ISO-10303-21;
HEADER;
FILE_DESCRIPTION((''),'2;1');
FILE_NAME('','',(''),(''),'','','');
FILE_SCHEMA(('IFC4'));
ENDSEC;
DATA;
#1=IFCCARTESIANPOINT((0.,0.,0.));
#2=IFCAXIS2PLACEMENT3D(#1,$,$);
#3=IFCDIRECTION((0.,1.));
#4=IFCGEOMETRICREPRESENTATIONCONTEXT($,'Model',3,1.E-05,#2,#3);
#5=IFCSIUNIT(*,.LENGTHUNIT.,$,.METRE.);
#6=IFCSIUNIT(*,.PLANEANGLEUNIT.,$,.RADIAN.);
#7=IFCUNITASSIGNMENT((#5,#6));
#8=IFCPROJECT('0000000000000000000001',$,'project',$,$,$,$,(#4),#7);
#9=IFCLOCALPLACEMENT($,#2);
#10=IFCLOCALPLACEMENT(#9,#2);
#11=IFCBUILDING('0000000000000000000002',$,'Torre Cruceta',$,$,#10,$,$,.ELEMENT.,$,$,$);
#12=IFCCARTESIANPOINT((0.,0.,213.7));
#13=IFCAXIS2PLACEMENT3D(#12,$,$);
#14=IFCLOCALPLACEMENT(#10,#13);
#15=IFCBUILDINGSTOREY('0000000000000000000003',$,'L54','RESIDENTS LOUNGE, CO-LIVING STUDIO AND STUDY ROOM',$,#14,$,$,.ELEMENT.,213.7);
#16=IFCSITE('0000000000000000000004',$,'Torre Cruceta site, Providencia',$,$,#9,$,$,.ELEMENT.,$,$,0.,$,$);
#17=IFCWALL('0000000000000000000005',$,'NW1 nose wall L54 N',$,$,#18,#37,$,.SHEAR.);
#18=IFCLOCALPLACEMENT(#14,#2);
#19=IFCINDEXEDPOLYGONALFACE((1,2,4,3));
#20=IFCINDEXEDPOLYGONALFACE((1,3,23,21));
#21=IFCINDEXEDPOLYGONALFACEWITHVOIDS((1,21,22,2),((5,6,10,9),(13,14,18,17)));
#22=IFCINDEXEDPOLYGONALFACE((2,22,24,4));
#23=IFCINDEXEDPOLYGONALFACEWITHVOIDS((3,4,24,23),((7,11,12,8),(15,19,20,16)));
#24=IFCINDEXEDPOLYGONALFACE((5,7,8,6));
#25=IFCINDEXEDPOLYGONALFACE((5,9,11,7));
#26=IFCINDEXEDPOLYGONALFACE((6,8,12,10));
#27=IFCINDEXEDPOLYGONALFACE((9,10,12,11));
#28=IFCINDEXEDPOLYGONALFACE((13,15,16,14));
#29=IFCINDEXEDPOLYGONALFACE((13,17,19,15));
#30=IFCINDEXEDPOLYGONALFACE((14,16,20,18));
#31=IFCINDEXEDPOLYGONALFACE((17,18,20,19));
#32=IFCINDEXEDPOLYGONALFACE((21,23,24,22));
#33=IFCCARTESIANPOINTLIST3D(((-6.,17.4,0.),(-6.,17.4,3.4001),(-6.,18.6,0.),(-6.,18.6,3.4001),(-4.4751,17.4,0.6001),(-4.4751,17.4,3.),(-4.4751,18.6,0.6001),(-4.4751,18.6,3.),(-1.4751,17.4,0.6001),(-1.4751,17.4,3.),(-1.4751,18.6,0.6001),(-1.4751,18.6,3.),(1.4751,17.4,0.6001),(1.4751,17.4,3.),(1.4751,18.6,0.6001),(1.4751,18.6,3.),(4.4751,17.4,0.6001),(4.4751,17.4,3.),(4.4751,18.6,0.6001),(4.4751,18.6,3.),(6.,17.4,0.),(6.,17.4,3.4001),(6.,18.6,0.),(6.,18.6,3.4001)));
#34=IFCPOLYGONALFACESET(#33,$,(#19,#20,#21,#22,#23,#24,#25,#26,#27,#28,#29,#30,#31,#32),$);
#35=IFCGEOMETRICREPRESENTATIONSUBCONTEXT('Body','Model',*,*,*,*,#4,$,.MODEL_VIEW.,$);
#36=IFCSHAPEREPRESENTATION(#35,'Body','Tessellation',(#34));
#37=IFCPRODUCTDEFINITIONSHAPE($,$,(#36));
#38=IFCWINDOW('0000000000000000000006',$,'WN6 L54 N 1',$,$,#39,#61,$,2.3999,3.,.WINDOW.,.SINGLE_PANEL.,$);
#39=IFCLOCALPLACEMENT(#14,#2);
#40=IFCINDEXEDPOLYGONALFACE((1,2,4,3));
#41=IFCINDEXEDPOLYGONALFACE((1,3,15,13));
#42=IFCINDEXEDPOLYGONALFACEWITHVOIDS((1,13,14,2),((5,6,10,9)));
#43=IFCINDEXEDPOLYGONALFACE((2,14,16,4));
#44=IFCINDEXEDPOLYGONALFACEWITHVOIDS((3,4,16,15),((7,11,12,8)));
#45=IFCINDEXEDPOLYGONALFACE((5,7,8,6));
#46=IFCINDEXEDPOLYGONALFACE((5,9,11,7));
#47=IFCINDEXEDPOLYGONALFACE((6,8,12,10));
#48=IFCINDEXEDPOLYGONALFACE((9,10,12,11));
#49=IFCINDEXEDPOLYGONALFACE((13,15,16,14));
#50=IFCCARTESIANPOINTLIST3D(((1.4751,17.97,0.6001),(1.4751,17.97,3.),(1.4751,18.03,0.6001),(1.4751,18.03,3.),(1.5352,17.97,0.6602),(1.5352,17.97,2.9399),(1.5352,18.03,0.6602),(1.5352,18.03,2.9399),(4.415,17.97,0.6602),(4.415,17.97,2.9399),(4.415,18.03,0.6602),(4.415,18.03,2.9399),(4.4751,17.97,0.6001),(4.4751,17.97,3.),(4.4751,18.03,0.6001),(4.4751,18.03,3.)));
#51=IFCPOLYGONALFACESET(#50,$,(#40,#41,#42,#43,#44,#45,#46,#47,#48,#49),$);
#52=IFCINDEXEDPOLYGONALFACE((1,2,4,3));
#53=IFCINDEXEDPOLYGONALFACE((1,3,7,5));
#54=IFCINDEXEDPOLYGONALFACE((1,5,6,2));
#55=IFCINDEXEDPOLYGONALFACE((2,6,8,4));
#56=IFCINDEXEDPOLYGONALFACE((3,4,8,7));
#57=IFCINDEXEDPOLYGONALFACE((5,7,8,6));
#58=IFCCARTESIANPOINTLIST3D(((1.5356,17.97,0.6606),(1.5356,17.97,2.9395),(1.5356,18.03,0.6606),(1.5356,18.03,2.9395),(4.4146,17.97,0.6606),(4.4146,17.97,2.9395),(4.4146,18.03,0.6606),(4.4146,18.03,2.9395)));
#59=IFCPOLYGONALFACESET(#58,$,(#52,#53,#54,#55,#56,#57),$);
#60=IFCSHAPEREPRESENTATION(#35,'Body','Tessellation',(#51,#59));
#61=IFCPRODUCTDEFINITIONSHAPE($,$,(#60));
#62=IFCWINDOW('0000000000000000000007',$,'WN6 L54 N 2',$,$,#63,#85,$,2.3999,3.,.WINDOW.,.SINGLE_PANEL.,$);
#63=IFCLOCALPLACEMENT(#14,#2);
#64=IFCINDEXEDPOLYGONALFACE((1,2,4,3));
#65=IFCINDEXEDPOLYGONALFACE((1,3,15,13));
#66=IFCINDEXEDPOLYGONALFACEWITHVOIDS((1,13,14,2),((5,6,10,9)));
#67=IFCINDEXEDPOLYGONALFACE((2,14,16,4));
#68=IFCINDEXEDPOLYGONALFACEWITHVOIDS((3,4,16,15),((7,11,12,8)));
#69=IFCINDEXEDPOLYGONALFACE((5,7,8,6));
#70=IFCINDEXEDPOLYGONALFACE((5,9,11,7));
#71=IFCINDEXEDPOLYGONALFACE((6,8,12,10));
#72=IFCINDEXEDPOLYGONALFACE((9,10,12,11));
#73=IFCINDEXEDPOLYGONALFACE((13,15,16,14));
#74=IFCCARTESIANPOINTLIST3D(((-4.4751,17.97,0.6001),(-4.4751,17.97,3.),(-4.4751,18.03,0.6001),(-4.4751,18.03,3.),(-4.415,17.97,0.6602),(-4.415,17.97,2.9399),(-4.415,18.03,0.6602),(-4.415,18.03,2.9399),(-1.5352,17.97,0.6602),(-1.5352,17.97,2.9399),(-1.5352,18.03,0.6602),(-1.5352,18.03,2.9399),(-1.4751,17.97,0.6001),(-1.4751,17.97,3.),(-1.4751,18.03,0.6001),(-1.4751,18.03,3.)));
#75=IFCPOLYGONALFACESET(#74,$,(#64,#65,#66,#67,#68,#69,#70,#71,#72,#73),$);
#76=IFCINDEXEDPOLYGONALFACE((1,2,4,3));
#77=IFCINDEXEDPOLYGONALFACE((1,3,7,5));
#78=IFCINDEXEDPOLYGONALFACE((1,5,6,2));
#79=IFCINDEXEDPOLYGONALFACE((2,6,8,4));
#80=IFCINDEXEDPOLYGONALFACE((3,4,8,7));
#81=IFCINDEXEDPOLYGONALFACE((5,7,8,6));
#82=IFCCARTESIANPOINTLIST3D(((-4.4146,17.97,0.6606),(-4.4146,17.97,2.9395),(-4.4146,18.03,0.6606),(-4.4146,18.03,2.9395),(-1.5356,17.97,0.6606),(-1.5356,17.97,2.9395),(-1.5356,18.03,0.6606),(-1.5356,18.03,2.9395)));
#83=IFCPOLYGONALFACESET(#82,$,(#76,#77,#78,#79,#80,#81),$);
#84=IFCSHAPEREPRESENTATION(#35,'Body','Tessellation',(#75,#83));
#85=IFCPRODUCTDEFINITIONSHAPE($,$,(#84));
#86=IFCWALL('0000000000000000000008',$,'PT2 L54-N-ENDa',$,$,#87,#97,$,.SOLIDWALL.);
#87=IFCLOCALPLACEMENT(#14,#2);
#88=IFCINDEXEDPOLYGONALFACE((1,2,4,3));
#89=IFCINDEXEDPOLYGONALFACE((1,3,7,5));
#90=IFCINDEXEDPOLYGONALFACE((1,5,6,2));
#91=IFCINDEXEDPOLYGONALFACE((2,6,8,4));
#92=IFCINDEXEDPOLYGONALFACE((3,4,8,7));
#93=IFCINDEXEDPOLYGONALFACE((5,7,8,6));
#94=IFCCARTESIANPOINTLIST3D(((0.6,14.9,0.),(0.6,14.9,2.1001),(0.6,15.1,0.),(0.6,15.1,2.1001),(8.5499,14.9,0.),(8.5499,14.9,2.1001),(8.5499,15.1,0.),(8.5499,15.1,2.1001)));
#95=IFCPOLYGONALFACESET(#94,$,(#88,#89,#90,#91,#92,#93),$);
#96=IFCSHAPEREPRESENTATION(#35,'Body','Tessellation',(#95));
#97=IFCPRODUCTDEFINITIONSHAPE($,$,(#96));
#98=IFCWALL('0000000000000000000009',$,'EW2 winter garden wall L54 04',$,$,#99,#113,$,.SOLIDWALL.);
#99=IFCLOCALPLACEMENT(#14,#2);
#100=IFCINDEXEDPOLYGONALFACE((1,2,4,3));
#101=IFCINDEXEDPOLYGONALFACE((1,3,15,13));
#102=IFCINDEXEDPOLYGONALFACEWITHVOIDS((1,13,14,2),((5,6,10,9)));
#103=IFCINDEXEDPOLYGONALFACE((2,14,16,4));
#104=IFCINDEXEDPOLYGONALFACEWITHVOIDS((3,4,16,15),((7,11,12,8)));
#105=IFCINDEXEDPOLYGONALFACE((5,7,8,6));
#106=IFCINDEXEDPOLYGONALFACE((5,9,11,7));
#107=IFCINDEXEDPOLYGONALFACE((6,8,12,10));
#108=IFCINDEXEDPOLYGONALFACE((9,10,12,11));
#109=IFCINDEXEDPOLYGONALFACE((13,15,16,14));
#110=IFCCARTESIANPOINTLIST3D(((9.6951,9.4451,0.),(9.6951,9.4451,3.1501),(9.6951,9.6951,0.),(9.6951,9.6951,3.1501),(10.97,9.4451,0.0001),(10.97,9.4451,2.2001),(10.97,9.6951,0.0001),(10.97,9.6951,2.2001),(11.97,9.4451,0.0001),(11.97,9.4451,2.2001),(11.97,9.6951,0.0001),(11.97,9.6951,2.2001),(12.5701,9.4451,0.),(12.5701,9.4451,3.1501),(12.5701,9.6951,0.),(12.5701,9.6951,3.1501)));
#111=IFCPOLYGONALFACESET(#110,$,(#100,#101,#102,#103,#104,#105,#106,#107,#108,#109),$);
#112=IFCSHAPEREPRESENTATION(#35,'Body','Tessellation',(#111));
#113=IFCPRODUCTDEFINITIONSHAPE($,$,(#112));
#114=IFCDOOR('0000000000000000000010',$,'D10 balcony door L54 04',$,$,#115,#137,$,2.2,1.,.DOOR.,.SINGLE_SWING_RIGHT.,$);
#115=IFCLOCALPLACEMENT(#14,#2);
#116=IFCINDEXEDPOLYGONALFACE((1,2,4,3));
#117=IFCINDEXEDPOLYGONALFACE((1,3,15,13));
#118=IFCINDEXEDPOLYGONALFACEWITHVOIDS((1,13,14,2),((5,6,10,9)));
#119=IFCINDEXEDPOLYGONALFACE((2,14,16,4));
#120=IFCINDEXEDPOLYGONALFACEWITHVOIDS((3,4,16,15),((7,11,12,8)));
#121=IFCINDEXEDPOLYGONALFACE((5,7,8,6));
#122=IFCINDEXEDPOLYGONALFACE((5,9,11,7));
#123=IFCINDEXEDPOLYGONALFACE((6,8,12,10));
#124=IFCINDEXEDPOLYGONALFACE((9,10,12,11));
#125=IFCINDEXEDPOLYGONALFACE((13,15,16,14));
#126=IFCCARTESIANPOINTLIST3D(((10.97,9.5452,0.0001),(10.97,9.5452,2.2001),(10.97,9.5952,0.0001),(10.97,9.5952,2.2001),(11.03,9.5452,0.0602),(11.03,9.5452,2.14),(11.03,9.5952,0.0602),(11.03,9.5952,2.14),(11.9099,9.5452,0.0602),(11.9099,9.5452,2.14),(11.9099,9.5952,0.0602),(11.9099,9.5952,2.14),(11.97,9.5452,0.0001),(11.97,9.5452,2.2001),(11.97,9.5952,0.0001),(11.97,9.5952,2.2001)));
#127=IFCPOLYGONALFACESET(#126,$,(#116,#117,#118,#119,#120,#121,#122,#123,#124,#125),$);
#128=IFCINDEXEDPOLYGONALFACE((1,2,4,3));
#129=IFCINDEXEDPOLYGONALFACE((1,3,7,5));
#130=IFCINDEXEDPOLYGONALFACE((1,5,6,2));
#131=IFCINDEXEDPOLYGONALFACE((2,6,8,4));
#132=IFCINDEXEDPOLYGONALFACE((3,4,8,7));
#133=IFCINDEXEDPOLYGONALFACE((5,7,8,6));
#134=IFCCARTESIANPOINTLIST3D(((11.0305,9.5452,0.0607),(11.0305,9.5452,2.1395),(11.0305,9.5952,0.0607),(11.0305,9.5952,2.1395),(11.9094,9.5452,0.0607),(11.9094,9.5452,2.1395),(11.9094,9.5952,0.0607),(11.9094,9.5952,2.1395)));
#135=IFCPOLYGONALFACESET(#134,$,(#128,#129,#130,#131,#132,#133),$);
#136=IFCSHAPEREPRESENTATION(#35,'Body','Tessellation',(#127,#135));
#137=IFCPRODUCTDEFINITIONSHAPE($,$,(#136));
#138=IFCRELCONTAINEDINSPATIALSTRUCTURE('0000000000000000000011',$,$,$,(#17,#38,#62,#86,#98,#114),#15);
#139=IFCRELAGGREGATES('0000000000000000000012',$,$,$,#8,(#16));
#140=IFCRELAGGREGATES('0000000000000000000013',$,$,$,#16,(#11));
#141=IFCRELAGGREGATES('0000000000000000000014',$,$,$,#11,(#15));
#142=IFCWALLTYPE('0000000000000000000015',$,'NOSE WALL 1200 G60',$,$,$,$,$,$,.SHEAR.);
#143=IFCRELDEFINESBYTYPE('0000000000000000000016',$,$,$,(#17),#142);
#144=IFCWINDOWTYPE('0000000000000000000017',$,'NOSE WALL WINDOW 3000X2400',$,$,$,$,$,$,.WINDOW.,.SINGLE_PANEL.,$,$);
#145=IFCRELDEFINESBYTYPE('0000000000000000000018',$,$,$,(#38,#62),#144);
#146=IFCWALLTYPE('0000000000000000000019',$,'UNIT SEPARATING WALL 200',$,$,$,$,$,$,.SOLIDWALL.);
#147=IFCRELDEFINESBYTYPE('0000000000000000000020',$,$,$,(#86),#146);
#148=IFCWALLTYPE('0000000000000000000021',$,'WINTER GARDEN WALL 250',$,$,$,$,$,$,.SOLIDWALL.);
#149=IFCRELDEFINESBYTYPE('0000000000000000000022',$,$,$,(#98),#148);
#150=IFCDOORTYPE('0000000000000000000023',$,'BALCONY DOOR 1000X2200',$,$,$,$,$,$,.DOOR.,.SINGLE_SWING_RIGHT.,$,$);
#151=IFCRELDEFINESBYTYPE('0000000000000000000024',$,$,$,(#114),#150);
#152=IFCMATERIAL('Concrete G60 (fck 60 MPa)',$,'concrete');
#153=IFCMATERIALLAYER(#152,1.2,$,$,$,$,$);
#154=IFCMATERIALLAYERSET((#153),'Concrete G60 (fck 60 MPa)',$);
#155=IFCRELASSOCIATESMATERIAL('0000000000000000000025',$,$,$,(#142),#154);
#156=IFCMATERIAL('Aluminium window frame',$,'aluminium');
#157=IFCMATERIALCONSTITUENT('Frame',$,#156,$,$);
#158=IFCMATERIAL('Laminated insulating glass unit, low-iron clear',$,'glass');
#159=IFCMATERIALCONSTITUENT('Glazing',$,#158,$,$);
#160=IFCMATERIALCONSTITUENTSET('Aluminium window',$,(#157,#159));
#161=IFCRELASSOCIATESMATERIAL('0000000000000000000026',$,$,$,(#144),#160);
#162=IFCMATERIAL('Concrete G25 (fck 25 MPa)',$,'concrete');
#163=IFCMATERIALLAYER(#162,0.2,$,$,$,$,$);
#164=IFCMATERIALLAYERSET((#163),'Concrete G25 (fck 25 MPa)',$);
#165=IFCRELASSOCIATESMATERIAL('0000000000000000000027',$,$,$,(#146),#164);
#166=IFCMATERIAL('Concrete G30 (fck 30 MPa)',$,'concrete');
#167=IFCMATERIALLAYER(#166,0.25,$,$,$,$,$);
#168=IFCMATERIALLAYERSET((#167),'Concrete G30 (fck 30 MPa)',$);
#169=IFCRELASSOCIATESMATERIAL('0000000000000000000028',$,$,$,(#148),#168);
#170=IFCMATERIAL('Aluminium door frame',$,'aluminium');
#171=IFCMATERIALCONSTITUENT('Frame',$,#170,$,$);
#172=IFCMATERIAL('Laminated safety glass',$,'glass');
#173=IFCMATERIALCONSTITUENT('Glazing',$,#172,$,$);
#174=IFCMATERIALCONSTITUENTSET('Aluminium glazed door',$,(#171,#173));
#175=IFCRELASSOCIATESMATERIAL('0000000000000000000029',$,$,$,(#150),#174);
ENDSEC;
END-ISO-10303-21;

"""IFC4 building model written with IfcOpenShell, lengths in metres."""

from ifc_helpers import new_model, si_unit, direction, frame, frame_2d, origin, place, context, subcontext, project, spatial, rectangle, hollow_rectangle, extrude, material, layer, layer_set, constituent, constituent_set, type_object, element, fill, save


model = new_model("IFC4")

# Units and contexts
model_context = context("Model", 3, precision=1e-05, world=origin(), true_north=direction((0.0, 1.0)))
body_context = subcontext(model_context, "Body", "Model", "MODEL_VIEW")
ifc_project = project(units=[si_unit("LENGTHUNIT", "METRE"), si_unit("PLANEANGLEUNIT", "RADIAN")], contexts=[model_context])

# Site, building, storey
site_placement = place(None, origin())
site = spatial("IfcSite", under=ifc_project, at=site_placement, Name="Torre Cruceta site, Providencia", CompositionType="ELEMENT", RefElevation=0.0)
building_placement = place(site_placement, origin())
building = spatial("IfcBuilding", under=site, at=building_placement, Name="Torre Cruceta", CompositionType="ELEMENT")
storey_placement = place(building_placement, frame((0.0, 0.0, 213.7)))
storey = spatial("IfcBuildingStorey", under=building, at=storey_placement, Name="L54", Description="RESIDENTS LOUNGE, CO-LIVING STUDIO AND STUDY ROOM", CompositionType="ELEMENT", Elevation=213.7)

# Wall, openings, windows
ifc_material_1 = material(Name="Concrete G60 (fck 60 MPa)", Category="concrete")
ifc_layer_1 = layer(ifc_material_1, 1.2)
ifc_layer_set_1 = layer_set([ifc_layer_1], Name="Concrete G60 (fck 60 MPa)")
wall_type_1 = type_object("IfcWallType", Name="NOSE WALL 1200 G60", PredefinedType="SHEAR", material=ifc_layer_set_1)
wall_1_placement = place(storey_placement, frame((6.0, 18.0, 0.0), z_axis=(0.0, 0.0, 1.0), x_axis=(-1.0, 0.0, 0.0)))
wall_1 = element("IfcWall", 1, at=wall_1_placement, inside=storey, type_object=wall_type_1, Name="NW1 nose wall L54 N", PredefinedType="SHEAR", context=body_context, shape_type="SweptSolid", body=[
    extrude(rectangle(XDim=12.0, YDim=1.2, at=frame_2d((6.0, 0.0))), origin(), (0.0, 0.0, 1.0), 3.4001),
])
opening_1_placement = place(wall_1_placement, frame((1.5249, 0.0, 0.6001)))
opening_1 = element("IfcOpeningElement", 2, at=opening_1_placement, cuts=wall_1, PredefinedType="OPENING", context=body_context, shape_type="SweptSolid", body=[
    extrude(rectangle(XDim=3.0, YDim=2.3999, at=frame_2d((1.5, 1.2))), frame((0.0, 0.6099, 0.0), z_axis=(0.0, -1.0, 0.0), x_axis=(1.0, 0.0, 0.0)), (0.0, 0.0, 1.0), 1.22),
])
opening_2_placement = place(wall_1_placement, frame((7.4751, 0.0, 0.6001)))
opening_2 = element("IfcOpeningElement", 3, at=opening_2_placement, cuts=wall_1, PredefinedType="OPENING", context=body_context, shape_type="SweptSolid", body=[
    extrude(rectangle(XDim=3.0, YDim=2.3999, at=frame_2d((1.5, 1.2))), frame((0.0, 0.6099, 0.0), z_axis=(0.0, -1.0, 0.0), x_axis=(1.0, 0.0, 0.0)), (0.0, 0.0, 1.0), 1.22),
])
ifc_material_2 = material(Name="Aluminium window frame", Category="aluminium")
ifc_constituent_1 = constituent(ifc_material_2, Name="Frame")
ifc_material_3 = material(Name="Laminated insulating glass unit, low-iron clear", Category="glass")
ifc_constituent_2 = constituent(ifc_material_3, Name="Glazing")
ifc_constituent_set_1 = constituent_set(constituents=[ifc_constituent_1, ifc_constituent_2], Name="Aluminium window")
window_type_1 = type_object("IfcWindowType", Name="NOSE WALL WINDOW 3000X2400", PartitioningType="SINGLE_PANEL", PredefinedType="WINDOW", material=ifc_constituent_set_1)
window_1_placement = place(opening_1_placement, origin())
window_1 = element("IfcWindow", 4, at=window_1_placement, inside=storey, type_object=window_type_1, Name="WN6 L54 N 1", OverallHeight=2.3999, OverallWidth=3.0, PartitioningType="SINGLE_PANEL", PredefinedType="WINDOW", context=body_context, shape_type="SweptSolid", body=[
    extrude(hollow_rectangle(XDim=3.0, YDim=2.3999, WallThickness=0.0601, at=frame_2d((1.5, 1.2))), frame((0.0, 0.03, 0.0), z_axis=(0.0, -1.0, 0.0), x_axis=(1.0, 0.0, 0.0)), (0.0, 0.0, 1.0), 0.0601),
    extrude(rectangle(XDim=2.8789, YDim=2.2788, at=frame_2d((1.5, 1.2))), frame((0.0, 0.03, 0.0), z_axis=(0.0, -1.0, 0.0), x_axis=(1.0, 0.0, 0.0)), (0.0, 0.0, 1.0), 0.0601),
])
fill(opening_1, window_1)
window_2_placement = place(opening_2_placement, origin())
window_2 = element("IfcWindow", 5, at=window_2_placement, inside=storey, type_object=window_type_1, Name="WN6 L54 N 2", OverallHeight=2.3999, OverallWidth=3.0, PartitioningType="SINGLE_PANEL", PredefinedType="WINDOW", context=body_context, shape_type="SweptSolid", body=[
    extrude(hollow_rectangle(XDim=3.0, YDim=2.3999, WallThickness=0.0601, at=frame_2d((1.5, 1.2))), frame((0.0, 0.03, 0.0), z_axis=(0.0, -1.0, 0.0), x_axis=(1.0, 0.0, 0.0)), (0.0, 0.0, 1.0), 0.0601),
    extrude(rectangle(XDim=2.8789, YDim=2.2788, at=frame_2d((1.5, 1.2))), frame((0.0, 0.03, 0.0), z_axis=(0.0, -1.0, 0.0), x_axis=(1.0, 0.0, 0.0)), (0.0, 0.0, 1.0), 0.0601),
])
fill(opening_2, window_2)

# Wall
ifc_material_4 = material(Name="Concrete G25 (fck 25 MPa)", Category="concrete")
ifc_layer_2 = layer(ifc_material_4, 0.2)
ifc_layer_set_2 = layer_set([ifc_layer_2], Name="Concrete G25 (fck 25 MPa)")
wall_type_2 = type_object("IfcWallType", Name="UNIT SEPARATING WALL 200", PredefinedType="SOLIDWALL", material=ifc_layer_set_2)
wall_2_placement = place(storey_placement, frame((8.55, 15.0, 0.0), z_axis=(0.0, 0.0, 1.0), x_axis=(-1.0, 0.0, 0.0)))
element("IfcWall", 6, at=wall_2_placement, inside=storey, type_object=wall_type_2, Name="PT2 L54-N-ENDa", PredefinedType="SOLIDWALL", context=body_context, shape_type="SweptSolid", body=[
    extrude(rectangle(XDim=7.95, YDim=0.2, at=frame_2d((3.9751, 0.0))), origin(), (0.0, 0.0, 1.0), 2.1001),
])

# Wall, opening, door
ifc_material_5 = material(Name="Concrete G30 (fck 30 MPa)", Category="concrete")
ifc_layer_3 = layer(ifc_material_5, 0.25)
ifc_layer_set_3 = layer_set([ifc_layer_3], Name="Concrete G30 (fck 30 MPa)")
wall_type_3 = type_object("IfcWallType", Name="WINTER GARDEN WALL 250", PredefinedType="SOLIDWALL", material=ifc_layer_set_3)
wall_3_placement = place(storey_placement, frame((12.5701, 9.5701, 0.0), z_axis=(0.0, 0.0, 1.0), x_axis=(-1.0, 0.0, 0.0)))
wall_3 = element("IfcWall", 7, at=wall_3_placement, inside=storey, type_object=wall_type_3, Name="EW2 winter garden wall L54 04", PredefinedType="SOLIDWALL", context=body_context, shape_type="SweptSolid", body=[
    extrude(rectangle(XDim=2.875, YDim=0.25, at=frame_2d((1.4375, 0.0))), origin(), (0.0, 0.0, 1.0), 3.1501),
])
opening_3_placement = place(wall_3_placement, frame((0.6001, 0.0, 0.0)))
opening_3 = element("IfcOpeningElement", 8, at=opening_3_placement, cuts=wall_3, PredefinedType="OPENING", context=body_context, shape_type="SweptSolid", body=[
    extrude(rectangle(XDim=1.0, YDim=2.2, at=frame_2d((0.5, 1.1001))), frame((0.0, 0.135, 0.0), z_axis=(0.0, -1.0, 0.0), x_axis=(1.0, 0.0, 0.0)), (0.0, 0.0, 1.0), 0.27),
])
ifc_material_6 = material(Name="Aluminium door frame", Category="aluminium")
ifc_constituent_3 = constituent(ifc_material_6, Name="Frame")
ifc_material_7 = material(Name="Laminated safety glass", Category="glass")
ifc_constituent_4 = constituent(ifc_material_7, Name="Glazing")
ifc_constituent_set_2 = constituent_set(constituents=[ifc_constituent_3, ifc_constituent_4], Name="Aluminium glazed door")
door_type_1 = type_object("IfcDoorType", Name="BALCONY DOOR 1000X2200", OperationType="SINGLE_SWING_RIGHT", PredefinedType="DOOR", material=ifc_constituent_set_2)
door_1_placement = place(opening_3_placement, origin())
door_1 = element("IfcDoor", 9, at=door_1_placement, inside=storey, type_object=door_type_1, Name="D10 balcony door L54 04", OperationType="SINGLE_SWING_RIGHT", OverallHeight=2.2, OverallWidth=1.0, PredefinedType="DOOR", context=body_context, shape_type="SweptSolid", body=[
    extrude(hollow_rectangle(XDim=1.0, YDim=2.2, WallThickness=0.0601, at=frame_2d((0.5, 1.1001))), frame((0.0, 0.0249, 0.0), z_axis=(0.0, -1.0, 0.0), x_axis=(1.0, 0.0, 0.0)), (0.0, 0.0, 1.0), 0.05),
    extrude(rectangle(XDim=0.8789, YDim=2.0789, at=frame_2d((0.5, 1.1001))), frame((0.0, 0.0249, 0.0), z_axis=(0.0, -1.0, 0.0), x_axis=(1.0, 0.0, 0.0)), (0.0, 0.0, 1.0), 0.05),
])
fill(opening_3, door_1)

save(model, "model.ifc")
